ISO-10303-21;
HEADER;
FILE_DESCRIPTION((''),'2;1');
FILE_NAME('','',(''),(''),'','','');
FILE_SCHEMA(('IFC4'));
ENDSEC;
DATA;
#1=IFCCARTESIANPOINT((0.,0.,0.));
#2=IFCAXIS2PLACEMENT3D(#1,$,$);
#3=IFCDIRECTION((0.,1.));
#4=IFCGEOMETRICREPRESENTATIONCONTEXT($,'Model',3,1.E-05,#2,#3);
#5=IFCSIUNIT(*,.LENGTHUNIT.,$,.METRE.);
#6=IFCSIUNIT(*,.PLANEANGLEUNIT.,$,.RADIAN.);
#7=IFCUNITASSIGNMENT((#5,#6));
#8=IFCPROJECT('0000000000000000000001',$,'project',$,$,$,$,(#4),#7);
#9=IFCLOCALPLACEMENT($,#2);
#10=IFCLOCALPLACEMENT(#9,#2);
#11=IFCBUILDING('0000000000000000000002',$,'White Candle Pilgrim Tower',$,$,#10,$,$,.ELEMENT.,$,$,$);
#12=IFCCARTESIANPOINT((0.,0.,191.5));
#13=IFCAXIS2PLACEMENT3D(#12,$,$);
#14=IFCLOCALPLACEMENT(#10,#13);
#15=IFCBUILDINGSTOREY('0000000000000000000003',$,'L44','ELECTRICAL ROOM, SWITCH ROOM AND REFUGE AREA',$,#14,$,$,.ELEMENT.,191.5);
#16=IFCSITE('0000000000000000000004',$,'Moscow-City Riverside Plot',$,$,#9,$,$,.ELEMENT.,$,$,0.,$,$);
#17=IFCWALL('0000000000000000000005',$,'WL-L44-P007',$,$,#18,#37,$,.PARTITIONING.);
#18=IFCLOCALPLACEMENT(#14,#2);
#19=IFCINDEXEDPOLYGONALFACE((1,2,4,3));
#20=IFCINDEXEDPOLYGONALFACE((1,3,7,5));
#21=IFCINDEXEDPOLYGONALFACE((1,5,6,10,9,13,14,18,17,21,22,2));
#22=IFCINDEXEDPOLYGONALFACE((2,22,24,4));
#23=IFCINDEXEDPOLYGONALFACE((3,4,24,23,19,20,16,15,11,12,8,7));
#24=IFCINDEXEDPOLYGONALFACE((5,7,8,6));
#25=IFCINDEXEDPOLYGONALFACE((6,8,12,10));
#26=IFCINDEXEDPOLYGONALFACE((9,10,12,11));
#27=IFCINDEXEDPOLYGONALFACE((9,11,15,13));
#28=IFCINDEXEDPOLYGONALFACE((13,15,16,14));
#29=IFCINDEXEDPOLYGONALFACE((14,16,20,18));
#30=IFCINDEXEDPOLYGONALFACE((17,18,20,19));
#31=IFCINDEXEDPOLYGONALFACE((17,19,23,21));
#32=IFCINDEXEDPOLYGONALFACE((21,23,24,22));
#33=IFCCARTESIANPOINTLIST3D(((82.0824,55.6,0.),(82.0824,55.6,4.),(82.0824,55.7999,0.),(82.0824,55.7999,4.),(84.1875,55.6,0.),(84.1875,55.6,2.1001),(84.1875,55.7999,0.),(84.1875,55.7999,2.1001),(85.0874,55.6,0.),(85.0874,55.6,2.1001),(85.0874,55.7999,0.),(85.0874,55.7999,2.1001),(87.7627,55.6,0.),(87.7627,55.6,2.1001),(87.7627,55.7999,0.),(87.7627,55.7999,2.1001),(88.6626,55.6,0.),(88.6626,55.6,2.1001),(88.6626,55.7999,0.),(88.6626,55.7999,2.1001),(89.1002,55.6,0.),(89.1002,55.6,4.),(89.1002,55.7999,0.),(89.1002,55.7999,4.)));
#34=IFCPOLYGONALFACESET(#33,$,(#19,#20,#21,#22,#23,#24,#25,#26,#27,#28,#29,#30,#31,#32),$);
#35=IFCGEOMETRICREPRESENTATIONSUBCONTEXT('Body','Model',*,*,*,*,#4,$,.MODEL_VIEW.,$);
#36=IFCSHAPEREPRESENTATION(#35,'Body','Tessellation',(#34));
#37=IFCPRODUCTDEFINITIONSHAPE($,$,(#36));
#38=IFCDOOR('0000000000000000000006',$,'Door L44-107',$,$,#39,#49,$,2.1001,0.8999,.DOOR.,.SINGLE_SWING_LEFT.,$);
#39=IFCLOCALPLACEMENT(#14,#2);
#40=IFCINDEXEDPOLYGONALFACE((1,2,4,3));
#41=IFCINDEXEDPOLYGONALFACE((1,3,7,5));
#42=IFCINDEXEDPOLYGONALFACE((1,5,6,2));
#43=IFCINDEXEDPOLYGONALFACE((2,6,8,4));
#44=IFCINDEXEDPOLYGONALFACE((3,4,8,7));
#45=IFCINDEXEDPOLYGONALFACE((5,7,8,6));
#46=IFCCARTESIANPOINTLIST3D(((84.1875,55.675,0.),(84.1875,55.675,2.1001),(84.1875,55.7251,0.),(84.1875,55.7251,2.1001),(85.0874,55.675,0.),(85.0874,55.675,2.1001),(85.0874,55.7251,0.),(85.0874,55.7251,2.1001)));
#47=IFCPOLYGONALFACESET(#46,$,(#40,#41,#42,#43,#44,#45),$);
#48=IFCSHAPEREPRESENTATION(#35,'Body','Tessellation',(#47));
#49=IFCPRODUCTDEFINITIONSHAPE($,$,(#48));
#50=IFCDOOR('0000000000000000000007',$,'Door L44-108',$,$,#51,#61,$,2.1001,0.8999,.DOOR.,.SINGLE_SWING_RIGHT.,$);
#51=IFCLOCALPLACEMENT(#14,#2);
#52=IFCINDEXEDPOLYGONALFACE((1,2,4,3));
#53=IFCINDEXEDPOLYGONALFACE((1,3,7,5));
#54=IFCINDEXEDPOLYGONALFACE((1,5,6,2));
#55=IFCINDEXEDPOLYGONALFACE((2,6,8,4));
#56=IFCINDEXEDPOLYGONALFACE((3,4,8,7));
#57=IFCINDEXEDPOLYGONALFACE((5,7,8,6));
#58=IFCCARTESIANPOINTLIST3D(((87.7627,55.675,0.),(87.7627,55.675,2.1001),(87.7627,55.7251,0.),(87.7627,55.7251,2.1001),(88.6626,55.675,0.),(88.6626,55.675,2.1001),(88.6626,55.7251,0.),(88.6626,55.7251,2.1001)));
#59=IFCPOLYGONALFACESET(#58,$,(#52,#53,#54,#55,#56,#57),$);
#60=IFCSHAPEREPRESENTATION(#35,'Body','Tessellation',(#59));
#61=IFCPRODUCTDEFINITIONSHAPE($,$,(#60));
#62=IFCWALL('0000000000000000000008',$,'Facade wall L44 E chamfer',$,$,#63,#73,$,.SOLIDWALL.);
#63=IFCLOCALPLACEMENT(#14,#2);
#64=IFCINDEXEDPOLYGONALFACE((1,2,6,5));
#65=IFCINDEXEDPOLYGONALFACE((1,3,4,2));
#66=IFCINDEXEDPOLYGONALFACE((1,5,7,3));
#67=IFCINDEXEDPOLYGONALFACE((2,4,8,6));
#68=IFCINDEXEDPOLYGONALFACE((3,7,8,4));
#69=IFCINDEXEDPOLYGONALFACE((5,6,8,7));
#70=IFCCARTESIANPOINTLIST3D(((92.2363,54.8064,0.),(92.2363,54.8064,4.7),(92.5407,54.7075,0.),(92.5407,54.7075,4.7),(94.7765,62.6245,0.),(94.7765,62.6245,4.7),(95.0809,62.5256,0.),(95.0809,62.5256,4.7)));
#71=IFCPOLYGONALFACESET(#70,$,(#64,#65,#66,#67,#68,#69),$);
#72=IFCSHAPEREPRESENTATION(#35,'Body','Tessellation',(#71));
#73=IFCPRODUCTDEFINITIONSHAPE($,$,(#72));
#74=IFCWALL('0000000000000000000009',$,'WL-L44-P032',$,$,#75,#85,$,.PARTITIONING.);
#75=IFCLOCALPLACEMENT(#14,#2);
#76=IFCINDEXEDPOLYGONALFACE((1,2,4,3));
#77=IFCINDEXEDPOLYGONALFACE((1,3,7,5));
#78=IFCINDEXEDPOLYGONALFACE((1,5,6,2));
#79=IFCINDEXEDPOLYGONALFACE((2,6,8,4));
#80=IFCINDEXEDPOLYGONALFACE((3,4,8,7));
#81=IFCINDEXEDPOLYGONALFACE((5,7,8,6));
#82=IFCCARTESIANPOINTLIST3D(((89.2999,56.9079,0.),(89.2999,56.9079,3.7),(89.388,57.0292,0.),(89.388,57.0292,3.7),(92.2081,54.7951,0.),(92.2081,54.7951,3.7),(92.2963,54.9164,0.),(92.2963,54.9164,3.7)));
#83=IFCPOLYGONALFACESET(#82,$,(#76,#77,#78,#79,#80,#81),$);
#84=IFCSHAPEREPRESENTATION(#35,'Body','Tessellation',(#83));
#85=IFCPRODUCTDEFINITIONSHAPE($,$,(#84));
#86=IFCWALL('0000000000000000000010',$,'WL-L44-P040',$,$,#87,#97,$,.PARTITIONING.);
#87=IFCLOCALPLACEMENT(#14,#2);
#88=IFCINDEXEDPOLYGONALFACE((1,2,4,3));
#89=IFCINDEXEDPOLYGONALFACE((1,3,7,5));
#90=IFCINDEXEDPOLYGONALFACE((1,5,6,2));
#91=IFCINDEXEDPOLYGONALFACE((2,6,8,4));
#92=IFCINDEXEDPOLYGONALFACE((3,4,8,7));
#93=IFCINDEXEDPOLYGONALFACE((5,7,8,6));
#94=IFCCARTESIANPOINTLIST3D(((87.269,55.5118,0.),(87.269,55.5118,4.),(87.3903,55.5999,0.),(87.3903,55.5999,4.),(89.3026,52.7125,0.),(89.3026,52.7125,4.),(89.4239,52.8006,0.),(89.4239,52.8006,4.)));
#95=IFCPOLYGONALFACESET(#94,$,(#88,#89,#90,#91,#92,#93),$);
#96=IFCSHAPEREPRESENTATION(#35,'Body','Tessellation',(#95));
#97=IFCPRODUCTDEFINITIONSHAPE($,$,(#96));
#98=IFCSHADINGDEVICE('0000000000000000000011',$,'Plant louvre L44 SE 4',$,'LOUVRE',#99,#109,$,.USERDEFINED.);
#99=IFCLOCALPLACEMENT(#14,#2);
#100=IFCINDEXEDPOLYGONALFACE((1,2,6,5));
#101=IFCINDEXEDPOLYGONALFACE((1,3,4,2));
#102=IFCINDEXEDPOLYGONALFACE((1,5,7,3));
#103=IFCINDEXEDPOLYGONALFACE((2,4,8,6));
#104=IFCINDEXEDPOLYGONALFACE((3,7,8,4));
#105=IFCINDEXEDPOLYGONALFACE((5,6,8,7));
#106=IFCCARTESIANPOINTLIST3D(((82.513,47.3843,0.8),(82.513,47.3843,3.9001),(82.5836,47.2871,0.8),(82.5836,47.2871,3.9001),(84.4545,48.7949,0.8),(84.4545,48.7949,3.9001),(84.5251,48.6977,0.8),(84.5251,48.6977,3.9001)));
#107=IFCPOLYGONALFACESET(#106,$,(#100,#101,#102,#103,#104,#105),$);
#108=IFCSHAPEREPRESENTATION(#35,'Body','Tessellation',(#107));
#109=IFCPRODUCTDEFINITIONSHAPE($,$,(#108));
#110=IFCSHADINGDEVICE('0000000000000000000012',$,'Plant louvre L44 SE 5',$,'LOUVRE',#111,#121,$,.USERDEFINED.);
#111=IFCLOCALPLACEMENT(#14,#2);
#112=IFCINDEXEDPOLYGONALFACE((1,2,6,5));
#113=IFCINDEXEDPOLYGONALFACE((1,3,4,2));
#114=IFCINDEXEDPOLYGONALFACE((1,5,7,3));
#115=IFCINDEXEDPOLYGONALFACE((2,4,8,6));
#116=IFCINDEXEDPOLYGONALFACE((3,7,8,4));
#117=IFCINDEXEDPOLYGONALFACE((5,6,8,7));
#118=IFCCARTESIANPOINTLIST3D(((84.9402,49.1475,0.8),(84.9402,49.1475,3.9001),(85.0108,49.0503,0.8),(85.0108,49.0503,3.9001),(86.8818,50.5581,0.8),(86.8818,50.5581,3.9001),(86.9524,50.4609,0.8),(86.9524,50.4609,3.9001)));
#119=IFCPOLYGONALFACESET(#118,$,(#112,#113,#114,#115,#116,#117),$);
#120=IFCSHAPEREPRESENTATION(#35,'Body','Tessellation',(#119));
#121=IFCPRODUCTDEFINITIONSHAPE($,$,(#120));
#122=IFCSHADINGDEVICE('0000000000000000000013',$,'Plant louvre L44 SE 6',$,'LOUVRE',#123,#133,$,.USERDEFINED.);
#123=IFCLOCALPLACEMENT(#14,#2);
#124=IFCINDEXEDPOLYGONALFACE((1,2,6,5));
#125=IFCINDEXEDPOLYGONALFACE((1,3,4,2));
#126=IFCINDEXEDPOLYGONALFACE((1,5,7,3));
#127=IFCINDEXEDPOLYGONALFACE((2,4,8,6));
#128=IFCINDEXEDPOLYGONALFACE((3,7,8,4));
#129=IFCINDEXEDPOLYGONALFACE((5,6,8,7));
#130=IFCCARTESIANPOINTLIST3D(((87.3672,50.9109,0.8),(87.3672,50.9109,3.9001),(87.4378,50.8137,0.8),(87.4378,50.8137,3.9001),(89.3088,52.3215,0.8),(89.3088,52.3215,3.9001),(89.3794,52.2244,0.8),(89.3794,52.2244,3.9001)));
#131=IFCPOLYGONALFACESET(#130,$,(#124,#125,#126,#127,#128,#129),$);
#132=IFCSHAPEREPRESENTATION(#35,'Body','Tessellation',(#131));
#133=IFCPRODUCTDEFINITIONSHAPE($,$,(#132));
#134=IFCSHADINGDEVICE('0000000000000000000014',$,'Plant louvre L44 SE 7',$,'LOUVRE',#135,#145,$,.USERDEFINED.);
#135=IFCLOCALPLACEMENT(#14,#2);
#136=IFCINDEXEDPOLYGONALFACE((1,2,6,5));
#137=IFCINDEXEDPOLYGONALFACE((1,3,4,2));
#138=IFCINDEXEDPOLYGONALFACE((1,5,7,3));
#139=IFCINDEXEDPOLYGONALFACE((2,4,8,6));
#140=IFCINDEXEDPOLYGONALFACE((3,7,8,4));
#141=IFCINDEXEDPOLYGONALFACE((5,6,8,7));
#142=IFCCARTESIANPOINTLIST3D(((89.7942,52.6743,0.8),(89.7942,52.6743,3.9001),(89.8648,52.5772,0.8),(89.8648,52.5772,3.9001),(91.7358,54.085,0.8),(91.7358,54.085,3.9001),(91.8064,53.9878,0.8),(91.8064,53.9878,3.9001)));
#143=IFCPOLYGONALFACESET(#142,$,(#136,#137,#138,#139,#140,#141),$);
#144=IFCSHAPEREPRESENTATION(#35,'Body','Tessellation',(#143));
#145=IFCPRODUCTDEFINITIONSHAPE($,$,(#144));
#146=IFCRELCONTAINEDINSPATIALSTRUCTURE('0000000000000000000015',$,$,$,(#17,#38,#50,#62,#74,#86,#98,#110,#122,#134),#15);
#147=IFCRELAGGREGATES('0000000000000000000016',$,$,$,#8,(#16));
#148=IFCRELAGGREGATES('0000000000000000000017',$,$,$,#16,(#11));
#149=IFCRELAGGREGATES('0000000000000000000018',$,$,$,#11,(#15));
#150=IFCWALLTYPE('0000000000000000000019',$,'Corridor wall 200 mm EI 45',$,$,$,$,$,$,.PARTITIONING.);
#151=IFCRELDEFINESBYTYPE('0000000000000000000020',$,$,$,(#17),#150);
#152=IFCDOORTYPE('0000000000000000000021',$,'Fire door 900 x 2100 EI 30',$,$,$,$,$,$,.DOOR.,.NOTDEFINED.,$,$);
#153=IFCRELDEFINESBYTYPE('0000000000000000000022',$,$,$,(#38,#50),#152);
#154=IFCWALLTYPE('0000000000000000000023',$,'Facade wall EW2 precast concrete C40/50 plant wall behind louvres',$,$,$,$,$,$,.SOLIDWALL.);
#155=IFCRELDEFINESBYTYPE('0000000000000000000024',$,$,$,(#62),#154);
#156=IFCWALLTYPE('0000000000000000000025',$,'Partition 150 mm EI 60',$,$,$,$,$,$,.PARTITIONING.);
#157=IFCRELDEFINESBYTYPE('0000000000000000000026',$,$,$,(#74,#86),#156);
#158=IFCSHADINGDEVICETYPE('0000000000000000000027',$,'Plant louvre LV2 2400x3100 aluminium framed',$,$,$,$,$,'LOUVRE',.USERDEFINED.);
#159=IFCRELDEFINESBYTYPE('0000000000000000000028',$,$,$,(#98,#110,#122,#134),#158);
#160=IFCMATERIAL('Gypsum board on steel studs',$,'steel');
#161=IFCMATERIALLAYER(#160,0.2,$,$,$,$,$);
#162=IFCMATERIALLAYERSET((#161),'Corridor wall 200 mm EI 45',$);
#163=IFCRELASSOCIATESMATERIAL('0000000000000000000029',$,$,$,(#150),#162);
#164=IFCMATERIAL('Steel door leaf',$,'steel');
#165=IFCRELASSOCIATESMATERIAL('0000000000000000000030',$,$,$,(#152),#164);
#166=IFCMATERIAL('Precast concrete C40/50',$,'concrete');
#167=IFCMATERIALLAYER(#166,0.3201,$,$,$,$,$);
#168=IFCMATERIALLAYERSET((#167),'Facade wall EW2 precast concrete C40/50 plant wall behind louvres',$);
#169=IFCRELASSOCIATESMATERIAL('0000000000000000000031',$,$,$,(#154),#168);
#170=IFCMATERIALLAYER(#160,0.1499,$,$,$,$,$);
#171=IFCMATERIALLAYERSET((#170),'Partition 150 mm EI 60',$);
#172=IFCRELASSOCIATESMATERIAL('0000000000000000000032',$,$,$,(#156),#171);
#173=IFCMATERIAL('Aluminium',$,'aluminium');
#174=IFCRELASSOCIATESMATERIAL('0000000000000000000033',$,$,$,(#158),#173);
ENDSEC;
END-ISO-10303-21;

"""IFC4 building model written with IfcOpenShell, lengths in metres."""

from ifc_helpers import new_model, si_unit, direction, frame, frame_2d, origin, origin_2d, place, context, subcontext, project, spatial, rectangle, extrude, material, layer, layer_set, type_object, element, fill, save


model = new_model("IFC4")

# Units and contexts
model_context = context("Model", 3, precision=1e-05, world=origin(), true_north=direction((0.0, 1.0)))
body_context = subcontext(model_context, "Body", "Model", "MODEL_VIEW")
ifc_project = project(units=[si_unit("LENGTHUNIT", "METRE"), si_unit("PLANEANGLEUNIT", "RADIAN")], contexts=[model_context])

# Site, building, storey
site_placement = place(None, origin())
site = spatial("IfcSite", under=ifc_project, at=site_placement, Name="Moscow-City Riverside Plot", CompositionType="ELEMENT", RefElevation=0.0)
building_placement = place(site_placement, origin())
building = spatial("IfcBuilding", under=site, at=building_placement, Name="White Candle Pilgrim Tower", CompositionType="ELEMENT")
storey_placement = place(building_placement, frame((0.0, 0.0, 191.5)))
storey = spatial("IfcBuildingStorey", under=building, at=storey_placement, Name="L44", Description="ELECTRICAL ROOM, SWITCH ROOM AND REFUGE AREA", CompositionType="ELEMENT", Elevation=191.5)

# Wall, openings, doors
ifc_material_1 = material(Name="Gypsum board on steel studs", Category="steel")
ifc_layer_1 = layer(ifc_material_1, 0.2)
ifc_layer_set_1 = layer_set([ifc_layer_1], Name="Corridor wall 200 mm EI 45")
wall_type_1 = type_object("IfcWallType", Name="Corridor wall 200 mm EI 45", PredefinedType="PARTITIONING", material=ifc_layer_set_1)
wall_1_placement = place(storey_placement, frame((89.1001, 55.7, 0.0), z_axis=(0.0, 0.0, 1.0), x_axis=(-1.0, 0.0, 0.0)))
wall_1 = element("IfcWall", 1, at=wall_1_placement, inside=storey, type_object=wall_type_1, Name="WL-L44-P007", PredefinedType="PARTITIONING", context=body_context, shape_type="SweptSolid", body=[
    extrude(rectangle(XDim=7.0178, YDim=0.2, at=frame_2d((3.5088, 0.0))), origin(), (0.0, 0.0, 1.0), 4.0),
])
opening_1_placement = place(wall_1_placement, frame((4.0127, 0.0, 0.0)))
opening_1 = element("IfcOpeningElement", 2, at=opening_1_placement, cuts=wall_1, PredefinedType="OPENING", context=body_context, shape_type="SweptSolid", body=[
    extrude(rectangle(XDim=0.8999, YDim=2.1001, at=frame_2d((0.45, 1.05))), frame((0.0, 0.1099, 0.0), z_axis=(0.0, -1.0, 0.0), x_axis=(1.0, 0.0, 0.0)), (0.0, 0.0, 1.0), 0.22),
])
opening_2_placement = place(wall_1_placement, frame((0.4375, 0.0, 0.0)))
opening_2 = element("IfcOpeningElement", 3, at=opening_2_placement, cuts=wall_1, PredefinedType="OPENING", context=body_context, shape_type="SweptSolid", body=[
    extrude(rectangle(XDim=0.8999, YDim=2.1001, at=frame_2d((0.45, 1.05))), frame((0.0, 0.1099, 0.0), z_axis=(0.0, -1.0, 0.0), x_axis=(1.0, 0.0, 0.0)), (0.0, 0.0, 1.0), 0.22),
])
ifc_material_2 = material(Name="Steel door leaf", Category="steel")
door_type = type_object("IfcDoorType", Name="Fire door 900 x 2100 EI 30", OperationType="NOTDEFINED", PredefinedType="DOOR", material=ifc_material_2)
door_1_placement = place(opening_1_placement, origin())
door_1 = element("IfcDoor", 4, at=door_1_placement, inside=storey, type_object=door_type, Name="Door L44-107", OperationType="SINGLE_SWING_LEFT", OverallHeight=2.1001, OverallWidth=0.8999, PredefinedType="DOOR", context=body_context, shape_type="SweptSolid", body=[
    extrude(rectangle(XDim=0.8999, YDim=2.1001, at=frame_2d((0.45, 1.05))), frame((0.0, 0.0249, 0.0), z_axis=(0.0, -1.0, 0.0), x_axis=(1.0, 0.0, 0.0)), (0.0, 0.0, 1.0), 0.05),
])
fill(opening_1, door_1)
door_2_placement = place(opening_2_placement, origin())
door_2 = element("IfcDoor", 5, at=door_2_placement, inside=storey, type_object=door_type, Name="Door L44-108", OperationType="SINGLE_SWING_RIGHT", OverallHeight=2.1001, OverallWidth=0.8999, PredefinedType="DOOR", context=body_context, shape_type="SweptSolid", body=[
    extrude(rectangle(XDim=0.8999, YDim=2.1001, at=frame_2d((0.45, 1.05))), frame((0.0, 0.0249, 0.0), z_axis=(0.0, -1.0, 0.0), x_axis=(1.0, 0.0, 0.0)), (0.0, 0.0, 1.0), 0.05),
])
fill(opening_2, door_2)

# Walls
ifc_material_3 = material(Name="Precast concrete C40/50", Category="concrete")
ifc_layer_2 = layer(ifc_material_3, 0.3201)
ifc_layer_set_2 = layer_set([ifc_layer_2], Name="Facade wall EW2 precast concrete C40/50 plant wall behind louvres")
wall_type_2 = type_object("IfcWallType", Name="Facade wall EW2 precast concrete C40/50 plant wall behind louvres", PredefinedType="SOLIDWALL", material=ifc_layer_set_2)
wall_2_placement = place(storey_placement, frame((92.3884, 54.7568, 0.0), z_axis=(0.0, 0.0, 1.0), x_axis=(0.30902, 0.951056, 0.0)))
element("IfcWall", 6, at=wall_2_placement, inside=storey, type_object=wall_type_2, Name="Facade wall L44 E chamfer", PredefinedType="SOLIDWALL", context=body_context, shape_type="SweptSolid", body=[
    extrude(rectangle(XDim=8.2205, YDim=0.3201, at=frame_2d((4.1104, 0.0))), origin(), (0.0, 0.0, 1.0), 4.7),
])
ifc_layer_3 = layer(ifc_material_1, 0.1499)
ifc_layer_set_3 = layer_set([ifc_layer_3], Name="Partition 150 mm EI 60")
wall_type_3 = type_object("IfcWallType", Name="Partition 150 mm EI 60", PredefinedType="PARTITIONING", material=ifc_layer_set_3)
wall_3_placement = place(storey_placement, frame((92.2522, 54.8557, 0.0), z_axis=(0.0, 0.0, 1.0), x_axis=(-0.809036, 0.58776, 0.0)))
element("IfcWall", 7, at=wall_3_placement, inside=storey, type_object=wall_type_3, Name="WL-L44-P032", PredefinedType="PARTITIONING", context=body_context, shape_type="SweptSolid", body=[
    extrude(rectangle(XDim=3.5947, YDim=0.1499, at=frame_2d((1.7974, 0.0))), origin(), (0.0, 0.0, 1.0), 3.7),
])
wall_4_placement = place(storey_placement, frame((89.3633, 52.7566, 0.0), z_axis=(0.0, 0.0, 1.0), x_axis=(-0.58776, 0.809035, 0.0)))
element("IfcWall", 8, at=wall_4_placement, inside=storey, type_object=wall_type_3, Name="WL-L44-P040", PredefinedType="PARTITIONING", context=body_context, shape_type="SweptSolid", body=[
    extrude(rectangle(XDim=3.46, YDim=0.1499, at=frame_2d((1.73, 0.0))), origin(), (0.0, 0.0, 1.0), 4.0),
])

# Shading devices
ifc_material_4 = material(Name="Aluminium", Category="aluminium")
shading_device_type = type_object("IfcShadingDeviceType", Name="Plant louvre LV2 2400x3100 aluminium framed", ElementType="LOUVRE", PredefinedType="USERDEFINED", material=ifc_material_4)
for number, where, z_axis, x_axis, name in (
    (9, (83.519, 48.041, 0.8), (0.0, 0.0, 1.0), (0.809017, 0.587785, 0.0), "Plant louvre L44 SE 4"),
    (10, (85.9463, 49.8042, 0.8), (0.0, 0.0, 1.0), (0.809017, 0.587785, 0.0), "Plant louvre L44 SE 5"),
    (11, (88.3733, 51.5676, 0.8), (0.0, 0.0, 1.0), (0.809017, 0.587785, 0.0), "Plant louvre L44 SE 6"),
    (12, (90.8003, 53.3311, 0.8), (0.0, 0.0, 1.0), (0.809017, 0.587785, 0.0), "Plant louvre L44 SE 7"),
):
    element("IfcShadingDevice", number, at=place(storey_placement, frame(where, z_axis=z_axis, x_axis=x_axis)), inside=storey, type_object=shading_device_type, Name=name, ObjectType="LOUVRE", PredefinedType="USERDEFINED", context=body_context, shape_type="SweptSolid", body=[
        extrude(rectangle(XDim=2.3999, YDim=0.1201, at=origin_2d()), origin(), (0.0, 0.0, 1.0), 3.1001),
    ])

save(model, "model.ifc")
